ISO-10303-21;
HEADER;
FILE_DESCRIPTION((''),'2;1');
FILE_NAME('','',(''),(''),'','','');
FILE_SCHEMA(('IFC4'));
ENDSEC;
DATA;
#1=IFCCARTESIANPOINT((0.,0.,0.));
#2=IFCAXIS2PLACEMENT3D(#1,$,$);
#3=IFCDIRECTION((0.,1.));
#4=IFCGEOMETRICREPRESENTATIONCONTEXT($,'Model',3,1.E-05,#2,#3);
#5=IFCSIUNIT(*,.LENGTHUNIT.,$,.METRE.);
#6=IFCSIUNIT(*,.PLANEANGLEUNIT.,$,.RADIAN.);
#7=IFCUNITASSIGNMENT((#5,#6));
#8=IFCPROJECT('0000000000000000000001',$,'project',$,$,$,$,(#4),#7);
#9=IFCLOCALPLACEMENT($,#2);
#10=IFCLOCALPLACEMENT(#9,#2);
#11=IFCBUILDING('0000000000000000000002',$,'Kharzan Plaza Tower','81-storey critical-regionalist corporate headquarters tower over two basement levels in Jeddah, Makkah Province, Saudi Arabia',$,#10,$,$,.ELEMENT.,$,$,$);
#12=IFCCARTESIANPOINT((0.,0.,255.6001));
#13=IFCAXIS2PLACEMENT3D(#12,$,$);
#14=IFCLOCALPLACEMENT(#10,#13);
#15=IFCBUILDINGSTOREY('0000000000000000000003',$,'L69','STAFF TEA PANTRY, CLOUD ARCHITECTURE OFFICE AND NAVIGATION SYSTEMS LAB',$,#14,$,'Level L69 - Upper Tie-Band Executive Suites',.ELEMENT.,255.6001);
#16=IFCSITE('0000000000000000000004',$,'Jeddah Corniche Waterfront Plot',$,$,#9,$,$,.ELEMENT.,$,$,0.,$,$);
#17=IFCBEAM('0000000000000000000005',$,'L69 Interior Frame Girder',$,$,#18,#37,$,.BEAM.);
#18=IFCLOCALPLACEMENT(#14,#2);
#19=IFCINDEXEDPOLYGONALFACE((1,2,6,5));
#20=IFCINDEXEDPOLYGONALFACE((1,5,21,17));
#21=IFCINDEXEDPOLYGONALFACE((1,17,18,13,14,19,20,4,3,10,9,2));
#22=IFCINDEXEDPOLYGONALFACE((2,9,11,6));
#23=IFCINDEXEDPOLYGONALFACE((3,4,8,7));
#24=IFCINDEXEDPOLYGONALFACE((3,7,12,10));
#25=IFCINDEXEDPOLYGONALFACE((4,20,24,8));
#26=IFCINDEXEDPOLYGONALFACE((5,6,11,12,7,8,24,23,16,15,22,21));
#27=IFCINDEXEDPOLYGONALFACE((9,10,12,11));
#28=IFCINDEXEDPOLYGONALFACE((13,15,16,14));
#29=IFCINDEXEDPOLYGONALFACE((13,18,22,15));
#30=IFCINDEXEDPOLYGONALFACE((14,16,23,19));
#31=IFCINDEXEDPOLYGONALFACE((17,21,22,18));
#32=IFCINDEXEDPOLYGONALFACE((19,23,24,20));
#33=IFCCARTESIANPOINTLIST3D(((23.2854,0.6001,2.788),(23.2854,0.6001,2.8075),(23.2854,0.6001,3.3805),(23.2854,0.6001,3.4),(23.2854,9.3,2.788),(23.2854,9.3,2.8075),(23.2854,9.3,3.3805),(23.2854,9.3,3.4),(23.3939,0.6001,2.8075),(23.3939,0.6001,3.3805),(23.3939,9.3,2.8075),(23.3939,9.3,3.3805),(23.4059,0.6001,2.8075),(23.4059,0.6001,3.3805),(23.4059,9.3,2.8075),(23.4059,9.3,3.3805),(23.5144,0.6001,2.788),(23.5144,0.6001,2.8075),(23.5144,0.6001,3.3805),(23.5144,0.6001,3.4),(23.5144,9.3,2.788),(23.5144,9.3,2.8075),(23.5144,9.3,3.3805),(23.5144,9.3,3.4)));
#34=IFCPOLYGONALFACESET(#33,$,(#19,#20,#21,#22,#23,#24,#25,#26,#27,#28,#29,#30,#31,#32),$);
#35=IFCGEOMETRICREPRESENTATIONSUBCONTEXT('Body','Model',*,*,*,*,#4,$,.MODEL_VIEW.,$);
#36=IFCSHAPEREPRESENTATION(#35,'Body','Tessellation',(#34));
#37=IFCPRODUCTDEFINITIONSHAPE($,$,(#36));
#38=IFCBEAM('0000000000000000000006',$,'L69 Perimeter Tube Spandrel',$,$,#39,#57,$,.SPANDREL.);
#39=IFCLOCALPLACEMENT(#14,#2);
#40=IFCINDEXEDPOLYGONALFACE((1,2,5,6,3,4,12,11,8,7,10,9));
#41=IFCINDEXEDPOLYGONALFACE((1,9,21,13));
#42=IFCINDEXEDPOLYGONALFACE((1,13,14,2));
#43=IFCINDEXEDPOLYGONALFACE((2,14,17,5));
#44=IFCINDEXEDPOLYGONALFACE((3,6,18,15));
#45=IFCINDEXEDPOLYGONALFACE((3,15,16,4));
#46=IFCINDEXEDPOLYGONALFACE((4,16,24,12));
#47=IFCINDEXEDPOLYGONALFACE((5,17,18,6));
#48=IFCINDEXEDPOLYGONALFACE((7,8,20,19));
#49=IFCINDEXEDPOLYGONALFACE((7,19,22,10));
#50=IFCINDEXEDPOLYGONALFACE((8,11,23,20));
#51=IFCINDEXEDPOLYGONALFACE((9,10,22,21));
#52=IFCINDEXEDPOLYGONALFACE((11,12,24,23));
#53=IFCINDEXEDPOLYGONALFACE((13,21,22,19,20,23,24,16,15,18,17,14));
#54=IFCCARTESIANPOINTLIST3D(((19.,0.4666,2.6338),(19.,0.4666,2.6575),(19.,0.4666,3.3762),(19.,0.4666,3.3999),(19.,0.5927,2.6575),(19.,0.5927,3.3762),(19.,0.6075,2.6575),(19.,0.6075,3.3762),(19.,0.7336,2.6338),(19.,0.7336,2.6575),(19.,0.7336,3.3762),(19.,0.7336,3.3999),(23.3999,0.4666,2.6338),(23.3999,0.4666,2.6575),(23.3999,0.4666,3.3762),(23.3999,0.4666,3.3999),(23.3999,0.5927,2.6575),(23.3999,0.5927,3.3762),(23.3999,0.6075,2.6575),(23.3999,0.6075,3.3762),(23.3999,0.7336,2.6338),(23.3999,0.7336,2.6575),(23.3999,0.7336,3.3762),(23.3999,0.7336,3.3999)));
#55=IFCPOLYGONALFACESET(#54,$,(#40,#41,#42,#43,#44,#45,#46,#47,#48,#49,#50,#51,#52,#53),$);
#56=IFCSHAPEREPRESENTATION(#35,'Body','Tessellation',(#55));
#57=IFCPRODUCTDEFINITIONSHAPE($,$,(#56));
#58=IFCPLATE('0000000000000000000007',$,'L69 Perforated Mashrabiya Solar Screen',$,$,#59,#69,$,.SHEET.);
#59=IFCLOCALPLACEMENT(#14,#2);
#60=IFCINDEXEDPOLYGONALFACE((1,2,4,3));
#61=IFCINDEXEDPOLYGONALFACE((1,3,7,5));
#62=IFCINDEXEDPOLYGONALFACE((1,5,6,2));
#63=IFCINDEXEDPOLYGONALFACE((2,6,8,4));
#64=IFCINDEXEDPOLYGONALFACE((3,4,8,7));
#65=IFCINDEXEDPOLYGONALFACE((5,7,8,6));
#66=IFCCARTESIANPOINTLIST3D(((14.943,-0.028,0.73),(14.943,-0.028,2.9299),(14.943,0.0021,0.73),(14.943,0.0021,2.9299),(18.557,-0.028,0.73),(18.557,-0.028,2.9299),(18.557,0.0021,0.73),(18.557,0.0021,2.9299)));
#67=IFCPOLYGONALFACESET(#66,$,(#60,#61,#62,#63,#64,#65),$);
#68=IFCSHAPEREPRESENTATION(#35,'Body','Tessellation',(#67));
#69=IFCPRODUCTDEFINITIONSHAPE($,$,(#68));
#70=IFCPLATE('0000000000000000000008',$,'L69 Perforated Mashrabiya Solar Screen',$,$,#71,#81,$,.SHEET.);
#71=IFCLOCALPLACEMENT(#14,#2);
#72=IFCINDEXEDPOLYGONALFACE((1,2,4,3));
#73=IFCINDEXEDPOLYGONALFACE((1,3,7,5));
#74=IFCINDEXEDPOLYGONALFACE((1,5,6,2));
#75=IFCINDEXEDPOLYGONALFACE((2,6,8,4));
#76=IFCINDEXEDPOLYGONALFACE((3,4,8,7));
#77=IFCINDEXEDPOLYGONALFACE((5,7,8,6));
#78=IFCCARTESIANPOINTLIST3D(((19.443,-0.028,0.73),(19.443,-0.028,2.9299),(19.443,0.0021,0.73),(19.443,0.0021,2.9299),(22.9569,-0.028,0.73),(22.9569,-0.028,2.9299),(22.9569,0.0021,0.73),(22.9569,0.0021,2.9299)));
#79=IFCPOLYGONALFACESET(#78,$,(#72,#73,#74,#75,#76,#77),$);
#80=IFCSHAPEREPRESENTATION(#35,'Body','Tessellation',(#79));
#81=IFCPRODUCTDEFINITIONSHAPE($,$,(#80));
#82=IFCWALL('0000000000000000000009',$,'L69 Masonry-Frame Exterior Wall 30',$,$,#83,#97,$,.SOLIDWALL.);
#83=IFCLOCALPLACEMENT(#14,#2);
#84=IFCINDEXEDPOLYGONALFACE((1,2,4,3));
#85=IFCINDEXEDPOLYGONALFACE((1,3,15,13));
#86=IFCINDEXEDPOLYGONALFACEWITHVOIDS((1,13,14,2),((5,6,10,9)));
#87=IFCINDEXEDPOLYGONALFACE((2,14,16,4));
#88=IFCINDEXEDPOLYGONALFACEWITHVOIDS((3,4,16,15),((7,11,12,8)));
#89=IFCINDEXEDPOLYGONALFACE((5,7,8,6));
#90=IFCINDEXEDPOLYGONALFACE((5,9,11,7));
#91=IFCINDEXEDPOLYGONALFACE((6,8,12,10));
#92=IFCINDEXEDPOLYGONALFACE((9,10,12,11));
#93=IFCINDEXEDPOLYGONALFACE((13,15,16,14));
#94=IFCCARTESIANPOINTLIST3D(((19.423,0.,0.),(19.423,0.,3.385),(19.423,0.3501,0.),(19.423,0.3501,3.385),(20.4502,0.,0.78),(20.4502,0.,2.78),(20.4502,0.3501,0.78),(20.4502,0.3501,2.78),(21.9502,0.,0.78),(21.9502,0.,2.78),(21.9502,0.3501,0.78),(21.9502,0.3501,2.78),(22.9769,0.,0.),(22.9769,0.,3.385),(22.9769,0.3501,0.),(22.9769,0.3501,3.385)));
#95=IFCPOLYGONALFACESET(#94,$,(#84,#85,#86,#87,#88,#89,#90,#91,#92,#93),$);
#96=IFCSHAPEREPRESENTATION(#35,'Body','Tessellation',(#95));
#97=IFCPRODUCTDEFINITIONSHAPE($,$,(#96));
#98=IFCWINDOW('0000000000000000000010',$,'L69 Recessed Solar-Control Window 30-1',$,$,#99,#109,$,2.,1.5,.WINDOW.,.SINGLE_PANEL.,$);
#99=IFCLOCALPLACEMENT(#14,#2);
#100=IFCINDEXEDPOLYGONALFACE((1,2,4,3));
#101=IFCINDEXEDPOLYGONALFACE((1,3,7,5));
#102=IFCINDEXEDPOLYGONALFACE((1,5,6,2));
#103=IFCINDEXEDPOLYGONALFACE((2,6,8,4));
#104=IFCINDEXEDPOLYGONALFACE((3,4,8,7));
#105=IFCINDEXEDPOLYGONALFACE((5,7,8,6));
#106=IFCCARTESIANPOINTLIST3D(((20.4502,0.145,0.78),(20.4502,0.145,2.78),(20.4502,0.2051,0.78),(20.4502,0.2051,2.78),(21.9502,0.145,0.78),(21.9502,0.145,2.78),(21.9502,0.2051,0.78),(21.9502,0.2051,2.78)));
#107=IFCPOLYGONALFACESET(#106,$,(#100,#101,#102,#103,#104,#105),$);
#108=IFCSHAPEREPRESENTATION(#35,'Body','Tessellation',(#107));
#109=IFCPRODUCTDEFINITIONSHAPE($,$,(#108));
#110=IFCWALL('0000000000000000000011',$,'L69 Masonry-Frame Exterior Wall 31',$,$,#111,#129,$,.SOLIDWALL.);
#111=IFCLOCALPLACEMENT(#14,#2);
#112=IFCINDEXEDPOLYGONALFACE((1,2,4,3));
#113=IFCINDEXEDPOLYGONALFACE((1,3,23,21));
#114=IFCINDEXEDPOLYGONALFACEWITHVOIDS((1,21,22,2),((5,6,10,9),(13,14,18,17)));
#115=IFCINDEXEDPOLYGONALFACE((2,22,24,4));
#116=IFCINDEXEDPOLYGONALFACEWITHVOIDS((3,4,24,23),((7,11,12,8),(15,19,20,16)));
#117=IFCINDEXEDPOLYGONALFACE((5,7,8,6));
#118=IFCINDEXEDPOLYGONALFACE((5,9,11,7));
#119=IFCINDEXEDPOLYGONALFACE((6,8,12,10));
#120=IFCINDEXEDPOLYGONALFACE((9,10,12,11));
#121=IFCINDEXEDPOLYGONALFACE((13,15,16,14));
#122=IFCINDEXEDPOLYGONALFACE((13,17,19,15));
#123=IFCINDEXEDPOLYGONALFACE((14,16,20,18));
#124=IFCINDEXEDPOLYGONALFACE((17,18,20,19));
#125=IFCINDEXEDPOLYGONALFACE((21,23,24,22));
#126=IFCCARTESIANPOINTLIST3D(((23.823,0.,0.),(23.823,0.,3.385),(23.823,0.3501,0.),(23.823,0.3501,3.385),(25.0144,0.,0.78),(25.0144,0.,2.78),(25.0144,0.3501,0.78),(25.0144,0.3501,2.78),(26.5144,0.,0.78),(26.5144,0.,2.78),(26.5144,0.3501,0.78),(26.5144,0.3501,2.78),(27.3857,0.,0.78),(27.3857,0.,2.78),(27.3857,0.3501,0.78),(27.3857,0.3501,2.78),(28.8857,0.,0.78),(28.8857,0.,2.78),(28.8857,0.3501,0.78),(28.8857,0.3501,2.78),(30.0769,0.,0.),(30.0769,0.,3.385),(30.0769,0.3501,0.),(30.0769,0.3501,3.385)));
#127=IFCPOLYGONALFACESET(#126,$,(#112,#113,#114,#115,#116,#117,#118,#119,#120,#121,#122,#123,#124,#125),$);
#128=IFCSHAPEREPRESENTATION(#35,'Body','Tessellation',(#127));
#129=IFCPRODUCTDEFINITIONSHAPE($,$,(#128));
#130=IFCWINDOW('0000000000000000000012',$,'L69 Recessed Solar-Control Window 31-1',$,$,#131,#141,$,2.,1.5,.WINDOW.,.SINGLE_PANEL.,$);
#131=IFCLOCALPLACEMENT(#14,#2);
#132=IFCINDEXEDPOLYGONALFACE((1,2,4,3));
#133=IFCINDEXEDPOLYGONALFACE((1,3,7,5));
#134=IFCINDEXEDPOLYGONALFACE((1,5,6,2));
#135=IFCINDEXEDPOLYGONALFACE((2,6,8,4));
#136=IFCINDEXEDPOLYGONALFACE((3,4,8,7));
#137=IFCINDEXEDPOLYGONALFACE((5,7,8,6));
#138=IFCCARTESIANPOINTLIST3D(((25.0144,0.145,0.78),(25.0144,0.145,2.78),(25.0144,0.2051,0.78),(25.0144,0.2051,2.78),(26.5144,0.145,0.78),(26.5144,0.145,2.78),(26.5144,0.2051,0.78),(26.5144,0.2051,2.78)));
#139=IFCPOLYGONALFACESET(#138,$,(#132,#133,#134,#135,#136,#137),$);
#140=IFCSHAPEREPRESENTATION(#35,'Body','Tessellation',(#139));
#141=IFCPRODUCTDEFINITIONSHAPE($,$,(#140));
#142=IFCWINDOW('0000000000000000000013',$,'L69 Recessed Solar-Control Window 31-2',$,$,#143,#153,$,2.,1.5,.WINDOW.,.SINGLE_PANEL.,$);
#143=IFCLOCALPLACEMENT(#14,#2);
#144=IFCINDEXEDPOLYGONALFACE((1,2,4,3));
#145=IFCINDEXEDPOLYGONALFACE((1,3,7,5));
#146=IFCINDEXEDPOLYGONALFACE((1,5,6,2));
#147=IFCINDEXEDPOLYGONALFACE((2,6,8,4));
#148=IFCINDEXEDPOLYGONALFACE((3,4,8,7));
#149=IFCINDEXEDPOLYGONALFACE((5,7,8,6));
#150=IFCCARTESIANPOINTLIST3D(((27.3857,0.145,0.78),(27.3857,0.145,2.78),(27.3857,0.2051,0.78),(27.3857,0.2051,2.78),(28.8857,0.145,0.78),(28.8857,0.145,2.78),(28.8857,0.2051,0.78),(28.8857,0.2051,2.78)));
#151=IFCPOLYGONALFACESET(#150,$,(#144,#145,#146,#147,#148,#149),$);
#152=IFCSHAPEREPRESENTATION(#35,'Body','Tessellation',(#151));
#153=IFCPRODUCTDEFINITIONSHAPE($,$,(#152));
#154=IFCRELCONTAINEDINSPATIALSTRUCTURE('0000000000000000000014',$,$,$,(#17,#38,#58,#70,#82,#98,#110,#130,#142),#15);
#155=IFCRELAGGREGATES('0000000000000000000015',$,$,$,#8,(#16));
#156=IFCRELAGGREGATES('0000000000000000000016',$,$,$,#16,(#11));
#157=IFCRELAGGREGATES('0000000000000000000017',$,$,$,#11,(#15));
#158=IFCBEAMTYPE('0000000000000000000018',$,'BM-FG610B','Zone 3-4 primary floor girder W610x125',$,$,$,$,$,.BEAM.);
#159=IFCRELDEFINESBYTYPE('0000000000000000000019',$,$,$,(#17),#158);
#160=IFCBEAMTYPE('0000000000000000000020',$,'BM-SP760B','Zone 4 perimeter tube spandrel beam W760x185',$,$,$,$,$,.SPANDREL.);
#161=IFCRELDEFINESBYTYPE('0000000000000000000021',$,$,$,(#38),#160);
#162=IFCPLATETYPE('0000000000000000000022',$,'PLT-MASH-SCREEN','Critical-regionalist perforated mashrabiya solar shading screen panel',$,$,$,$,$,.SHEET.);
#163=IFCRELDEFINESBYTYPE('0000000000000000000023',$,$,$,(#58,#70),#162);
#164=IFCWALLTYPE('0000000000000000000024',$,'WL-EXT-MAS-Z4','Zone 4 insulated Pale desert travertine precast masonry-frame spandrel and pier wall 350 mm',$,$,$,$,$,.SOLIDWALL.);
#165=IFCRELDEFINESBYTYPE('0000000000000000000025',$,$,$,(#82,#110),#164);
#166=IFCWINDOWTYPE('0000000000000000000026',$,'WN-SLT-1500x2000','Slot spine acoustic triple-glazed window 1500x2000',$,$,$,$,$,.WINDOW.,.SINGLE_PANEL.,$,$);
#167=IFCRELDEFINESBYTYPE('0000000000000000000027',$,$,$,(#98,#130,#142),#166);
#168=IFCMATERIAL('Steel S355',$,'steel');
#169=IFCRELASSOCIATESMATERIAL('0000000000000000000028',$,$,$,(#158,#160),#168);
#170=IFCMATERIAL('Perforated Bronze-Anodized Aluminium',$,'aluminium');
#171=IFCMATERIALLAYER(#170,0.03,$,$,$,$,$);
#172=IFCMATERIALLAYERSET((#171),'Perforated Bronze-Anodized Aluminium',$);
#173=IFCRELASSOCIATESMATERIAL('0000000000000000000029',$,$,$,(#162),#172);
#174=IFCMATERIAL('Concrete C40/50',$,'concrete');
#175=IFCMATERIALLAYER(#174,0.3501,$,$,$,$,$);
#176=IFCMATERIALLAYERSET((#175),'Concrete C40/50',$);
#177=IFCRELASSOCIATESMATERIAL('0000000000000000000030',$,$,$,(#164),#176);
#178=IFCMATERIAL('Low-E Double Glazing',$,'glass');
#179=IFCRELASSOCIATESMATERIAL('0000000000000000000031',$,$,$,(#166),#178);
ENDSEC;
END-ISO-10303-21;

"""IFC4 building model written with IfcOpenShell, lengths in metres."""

from ifc_helpers import new_model, si_unit, direction, frame, frame_2d, origin, origin_2d, place, context, subcontext, project, spatial, rectangle, i_section, extrude, source, transform, mapped, material, layer, layer_set, material_profile, profile_set, type_object, element, fill, save


model = new_model("IFC4")

# Units and contexts
model_context = context("Model", 3, precision=1e-05, world=origin(), true_north=direction((0.0, 1.0)))
body_context = subcontext(model_context, "Body", "Model", "MODEL_VIEW")
ifc_project = project(units=[si_unit("LENGTHUNIT", "METRE"), si_unit("PLANEANGLEUNIT", "RADIAN")], contexts=[model_context])

# Site, building, storey
site_placement = place(None, origin())
site = spatial("IfcSite", under=ifc_project, at=site_placement, Name="Jeddah Corniche Waterfront Plot", CompositionType="ELEMENT", RefElevation=0.0)
building_placement = place(site_placement, origin())
building = spatial("IfcBuilding", under=site, at=building_placement, Name="Kharzan Plaza Tower", Description="81-storey critical-regionalist corporate headquarters tower over two basement levels in Jeddah, Makkah Province, Saudi Arabia", CompositionType="ELEMENT")
storey_placement = place(building_placement, frame((0.0, 0.0, 255.6001)))
storey = spatial("IfcBuildingStorey", under=building, at=storey_placement, Name="L69", Description="STAFF TEA PANTRY, CLOUD ARCHITECTURE OFFICE AND NAVIGATION SYSTEMS LAB", LongName="Level L69 - Upper Tie-Band Executive Suites", CompositionType="ELEMENT", Elevation=255.6001)

# Beams
ifc_material_1 = material(Name="Steel S355", Category="steel")
ifc_material_profile_1 = material_profile(ifc_material_1, i_section(OverallWidth=0.229, OverallDepth=0.6121, WebThickness=0.012, FlangeThickness=0.0195, at=origin_2d()), Name="W610x125")
ifc_profile_set_1 = profile_set([ifc_material_profile_1], Name="Steel S355")
beam_type_1 = type_object("IfcBeamType", Name="BM-FG610B", Description="Zone 3-4 primary floor girder W610x125", PredefinedType="BEAM", material=ifc_profile_set_1)
ifc_material_profile_2 = material_profile(ifc_material_1, i_section(OverallWidth=0.2671, OverallDepth=0.7661, WebThickness=0.0149, FlangeThickness=0.0237, at=origin_2d()), Name="W760x185")
ifc_profile_set_2 = profile_set([ifc_material_profile_2], Name="Steel S355")
beam_type_2 = type_object("IfcBeamType", Name="BM-SP760B", Description="Zone 4 perimeter tube spandrel beam W760x185", PredefinedType="SPANDREL", material=ifc_profile_set_2)
shared_shape_1 = source(origin(), body_context, "Body", "SweptSolid", [
    extrude(i_section(OverallWidth=0.229, OverallDepth=0.6121, WebThickness=0.012, FlangeThickness=0.0195, at=origin_2d()), origin(), (0.0, 0.0, 1.0), 8.7),
])
beam_1_placement = place(storey_placement, frame((23.3999, 0.6001, 3.094), z_axis=(0.0, 1.0, 0.0), x_axis=(-1.0, 0.0, 0.0)))
element("IfcBeam", 1, at=beam_1_placement, inside=storey, type_object=beam_type_1, Name="L69 Interior Frame Girder", PredefinedType="BEAM", context=body_context, shape_type="MappedRepresentation", body=[
    mapped(shared_shape_1, transform((0.0, 0.0, 0.0), x_axis=(1.0, 0.0, 0.0), y_axis=(0.0, 1.0, 0.0), z_axis=(0.0, 0.0, 1.0))),
])
shared_shape_2 = source(origin(), body_context, "Body", "SweptSolid", [
    extrude(i_section(OverallWidth=0.2671, OverallDepth=0.7661, WebThickness=0.0149, FlangeThickness=0.0237, at=origin_2d()), origin(), (0.0, 0.0, 1.0), 4.3999),
])
beam_2_placement = place(storey_placement, frame((19.0, 0.6001, 3.0168), z_axis=(1.0, 0.0, 0.0), x_axis=(0.0, 1.0, 0.0)))
element("IfcBeam", 2, at=beam_2_placement, inside=storey, type_object=beam_type_2, Name="L69 Perimeter Tube Spandrel", PredefinedType="SPANDREL", context=body_context, shape_type="MappedRepresentation", body=[
    mapped(shared_shape_2, transform((0.0, 0.0, 0.0), x_axis=(1.0, 0.0, 0.0), y_axis=(0.0, 1.0, 0.0), z_axis=(0.0, 0.0, 1.0))),
])

# Plates
ifc_material_2 = material(Name="Perforated Bronze-Anodized Aluminium", Category="aluminium")
ifc_layer_1 = layer(ifc_material_2, 0.03)
ifc_layer_set_1 = layer_set([ifc_layer_1], Name="Perforated Bronze-Anodized Aluminium")
plate_type = type_object("IfcPlateType", Name="PLT-MASH-SCREEN", Description="Critical-regionalist perforated mashrabiya solar shading screen panel", PredefinedType="SHEET", material=ifc_layer_set_1)
shared_shape_3 = source(origin(), body_context, "Body", "SweptSolid", [
    extrude(rectangle(XDim=3.614, YDim=0.03, at=origin_2d()), origin(), (0.0, 0.0, 1.0), 2.2),
])
plate_1_placement = place(storey_placement, frame((16.75, -0.0129, 0.73), z_axis=(0.0, 0.0, 1.0), x_axis=(1.0, 0.0, 0.0)))
element("IfcPlate", 3, at=plate_1_placement, inside=storey, type_object=plate_type, Name="L69 Perforated Mashrabiya Solar Screen", PredefinedType="SHEET", context=body_context, shape_type="MappedRepresentation", body=[
    mapped(shared_shape_3, transform((0.0, 0.0, 0.0), x_axis=(1.0, 0.0, 0.0), y_axis=(0.0, 1.0, 0.0), z_axis=(0.0, 0.0, 1.0))),
])
shared_shape_4 = source(origin(), body_context, "Body", "SweptSolid", [
    extrude(rectangle(XDim=3.5139, YDim=0.03, at=origin_2d()), origin(), (0.0, 0.0, 1.0), 2.2),
])
plate_2_placement = place(storey_placement, frame((21.2, -0.0129, 0.73), z_axis=(0.0, 0.0, 1.0), x_axis=(1.0, 0.0, 0.0)))
element("IfcPlate", 4, at=plate_2_placement, inside=storey, type_object=plate_type, Name="L69 Perforated Mashrabiya Solar Screen", PredefinedType="SHEET", context=body_context, shape_type="MappedRepresentation", body=[
    mapped(shared_shape_4, transform((0.0, 0.0, 0.0), x_axis=(1.0, 0.0, 0.0), y_axis=(0.0, 1.0, 0.0), z_axis=(0.0, 0.0, 1.0))),
])

# Wall, opening, window
ifc_material_3 = material(Name="Concrete C40/50", Category="concrete")
ifc_layer_2 = layer(ifc_material_3, 0.3501)
ifc_layer_set_2 = layer_set([ifc_layer_2], Name="Concrete C40/50")
wall_type_1 = type_object("IfcWallType", Name="WL-EXT-MAS-Z4", Description="Zone 4 insulated Pale desert travertine precast masonry-frame spandrel and pier wall 350 mm", PredefinedType="SOLIDWALL", material=ifc_layer_set_2)
wall_1_placement = place(storey_placement, frame((19.4231, 0.175, 0.0), z_axis=(0.0, 0.0, 1.0), x_axis=(1.0, 0.0, 0.0)))
wall_1 = element("IfcWall", 5, at=wall_1_placement, inside=storey, type_object=wall_type_1, Name="L69 Masonry-Frame Exterior Wall 30", PredefinedType="SOLIDWALL", context=body_context, shape_type="SweptSolid", body=[
    extrude(rectangle(XDim=3.554, YDim=0.3501, at=frame_2d((1.7769, 0.0))), origin(), (0.0, 0.0, 1.0), 3.385),
])
opening_1_placement = place(wall_1_placement, frame((1.0271, 0.0, 0.78)))
opening_1 = element("IfcOpeningElement", 6, at=opening_1_placement, cuts=wall_1, PredefinedType="OPENING", context=body_context, shape_type="SweptSolid", body=[
    extrude(rectangle(XDim=1.5, YDim=2.0, at=frame_2d((0.75, 1.0))), frame((0.0, 0.1851, 0.0), z_axis=(0.0, -1.0, 0.0), x_axis=(1.0, 0.0, 0.0)), (0.0, 0.0, 1.0), 0.3701),
])
ifc_material_4 = material(Name="Low-E Double Glazing", Category="glass")
window_type = type_object("IfcWindowType", Name="WN-SLT-1500x2000", Description="Slot spine acoustic triple-glazed window 1500x2000", PartitioningType="SINGLE_PANEL", PredefinedType="WINDOW", material=ifc_material_4)
shared_shape_5 = source(origin(), body_context, "Body", "SweptSolid", [
    extrude(rectangle(XDim=1.5, YDim=2.0, at=frame_2d((0.75, 1.0))), frame((0.0, 0.03, 0.0), z_axis=(0.0, -1.0, 0.0), x_axis=(1.0, 0.0, 0.0)), (0.0, 0.0, 1.0), 0.0601),
])
window_1_placement = place(opening_1_placement, origin())
window_1 = element("IfcWindow", 7, at=window_1_placement, inside=storey, type_object=window_type, Name="L69 Recessed Solar-Control Window 30-1", OverallHeight=2.0, OverallWidth=1.5, PartitioningType="SINGLE_PANEL", PredefinedType="WINDOW", context=body_context, shape_type="MappedRepresentation", body=[
    mapped(shared_shape_5, transform((0.0, 0.0, 0.0), x_axis=(1.0, 0.0, 0.0), y_axis=(0.0, 1.0, 0.0), z_axis=(0.0, 0.0, 1.0))),
])
fill(opening_1, window_1)

# Wall, openings, windows
wall_2_placement = place(storey_placement, frame((23.823, 0.175, 0.0), z_axis=(0.0, 0.0, 1.0), x_axis=(1.0, 0.0, 0.0)))
wall_2 = element("IfcWall", 8, at=wall_2_placement, inside=storey, type_object=wall_type_1, Name="L69 Masonry-Frame Exterior Wall 31", PredefinedType="SOLIDWALL", context=body_context, shape_type="SweptSolid", body=[
    extrude(rectangle(XDim=6.2539, YDim=0.3501, at=frame_2d((3.127, 0.0))), origin(), (0.0, 0.0, 1.0), 3.385),
])
opening_2_placement = place(wall_2_placement, frame((1.1914, 0.0, 0.78)))
opening_2 = element("IfcOpeningElement", 9, at=opening_2_placement, cuts=wall_2, PredefinedType="OPENING", context=body_context, shape_type="SweptSolid", body=[
    extrude(rectangle(XDim=1.5, YDim=2.0, at=frame_2d((0.75, 1.0))), frame((0.0, 0.1851, 0.0), z_axis=(0.0, -1.0, 0.0), x_axis=(1.0, 0.0, 0.0)), (0.0, 0.0, 1.0), 0.3701),
])
opening_3_placement = place(wall_2_placement, frame((3.5627, 0.0, 0.78)))
opening_3 = element("IfcOpeningElement", 10, at=opening_3_placement, cuts=wall_2, PredefinedType="OPENING", context=body_context, shape_type="SweptSolid", body=[
    extrude(rectangle(XDim=1.5, YDim=2.0, at=frame_2d((0.75, 1.0))), frame((0.0, 0.1851, 0.0), z_axis=(0.0, -1.0, 0.0), x_axis=(1.0, 0.0, 0.0)), (0.0, 0.0, 1.0), 0.3701),
])
window_2_placement = place(opening_2_placement, origin())
window_2 = element("IfcWindow", 11, at=window_2_placement, inside=storey, type_object=window_type, Name="L69 Recessed Solar-Control Window 31-1", OverallHeight=2.0, OverallWidth=1.5, PartitioningType="SINGLE_PANEL", PredefinedType="WINDOW", context=body_context, shape_type="MappedRepresentation", body=[
    mapped(shared_shape_5, transform((0.0, 0.0, 0.0), x_axis=(1.0, 0.0, 0.0), y_axis=(0.0, 1.0, 0.0), z_axis=(0.0, 0.0, 1.0))),
])
fill(opening_2, window_2)
window_3_placement = place(opening_3_placement, origin())
window_3 = element("IfcWindow", 12, at=window_3_placement, inside=storey, type_object=window_type, Name="L69 Recessed Solar-Control Window 31-2", OverallHeight=2.0, OverallWidth=1.5, PartitioningType="SINGLE_PANEL", PredefinedType="WINDOW", context=body_context, shape_type="MappedRepresentation", body=[
    mapped(shared_shape_5, transform((0.0, 0.0, 0.0), x_axis=(1.0, 0.0, 0.0), y_axis=(0.0, 1.0, 0.0), z_axis=(0.0, 0.0, 1.0))),
])
fill(opening_3, window_3)

save(model, "model.ifc")
